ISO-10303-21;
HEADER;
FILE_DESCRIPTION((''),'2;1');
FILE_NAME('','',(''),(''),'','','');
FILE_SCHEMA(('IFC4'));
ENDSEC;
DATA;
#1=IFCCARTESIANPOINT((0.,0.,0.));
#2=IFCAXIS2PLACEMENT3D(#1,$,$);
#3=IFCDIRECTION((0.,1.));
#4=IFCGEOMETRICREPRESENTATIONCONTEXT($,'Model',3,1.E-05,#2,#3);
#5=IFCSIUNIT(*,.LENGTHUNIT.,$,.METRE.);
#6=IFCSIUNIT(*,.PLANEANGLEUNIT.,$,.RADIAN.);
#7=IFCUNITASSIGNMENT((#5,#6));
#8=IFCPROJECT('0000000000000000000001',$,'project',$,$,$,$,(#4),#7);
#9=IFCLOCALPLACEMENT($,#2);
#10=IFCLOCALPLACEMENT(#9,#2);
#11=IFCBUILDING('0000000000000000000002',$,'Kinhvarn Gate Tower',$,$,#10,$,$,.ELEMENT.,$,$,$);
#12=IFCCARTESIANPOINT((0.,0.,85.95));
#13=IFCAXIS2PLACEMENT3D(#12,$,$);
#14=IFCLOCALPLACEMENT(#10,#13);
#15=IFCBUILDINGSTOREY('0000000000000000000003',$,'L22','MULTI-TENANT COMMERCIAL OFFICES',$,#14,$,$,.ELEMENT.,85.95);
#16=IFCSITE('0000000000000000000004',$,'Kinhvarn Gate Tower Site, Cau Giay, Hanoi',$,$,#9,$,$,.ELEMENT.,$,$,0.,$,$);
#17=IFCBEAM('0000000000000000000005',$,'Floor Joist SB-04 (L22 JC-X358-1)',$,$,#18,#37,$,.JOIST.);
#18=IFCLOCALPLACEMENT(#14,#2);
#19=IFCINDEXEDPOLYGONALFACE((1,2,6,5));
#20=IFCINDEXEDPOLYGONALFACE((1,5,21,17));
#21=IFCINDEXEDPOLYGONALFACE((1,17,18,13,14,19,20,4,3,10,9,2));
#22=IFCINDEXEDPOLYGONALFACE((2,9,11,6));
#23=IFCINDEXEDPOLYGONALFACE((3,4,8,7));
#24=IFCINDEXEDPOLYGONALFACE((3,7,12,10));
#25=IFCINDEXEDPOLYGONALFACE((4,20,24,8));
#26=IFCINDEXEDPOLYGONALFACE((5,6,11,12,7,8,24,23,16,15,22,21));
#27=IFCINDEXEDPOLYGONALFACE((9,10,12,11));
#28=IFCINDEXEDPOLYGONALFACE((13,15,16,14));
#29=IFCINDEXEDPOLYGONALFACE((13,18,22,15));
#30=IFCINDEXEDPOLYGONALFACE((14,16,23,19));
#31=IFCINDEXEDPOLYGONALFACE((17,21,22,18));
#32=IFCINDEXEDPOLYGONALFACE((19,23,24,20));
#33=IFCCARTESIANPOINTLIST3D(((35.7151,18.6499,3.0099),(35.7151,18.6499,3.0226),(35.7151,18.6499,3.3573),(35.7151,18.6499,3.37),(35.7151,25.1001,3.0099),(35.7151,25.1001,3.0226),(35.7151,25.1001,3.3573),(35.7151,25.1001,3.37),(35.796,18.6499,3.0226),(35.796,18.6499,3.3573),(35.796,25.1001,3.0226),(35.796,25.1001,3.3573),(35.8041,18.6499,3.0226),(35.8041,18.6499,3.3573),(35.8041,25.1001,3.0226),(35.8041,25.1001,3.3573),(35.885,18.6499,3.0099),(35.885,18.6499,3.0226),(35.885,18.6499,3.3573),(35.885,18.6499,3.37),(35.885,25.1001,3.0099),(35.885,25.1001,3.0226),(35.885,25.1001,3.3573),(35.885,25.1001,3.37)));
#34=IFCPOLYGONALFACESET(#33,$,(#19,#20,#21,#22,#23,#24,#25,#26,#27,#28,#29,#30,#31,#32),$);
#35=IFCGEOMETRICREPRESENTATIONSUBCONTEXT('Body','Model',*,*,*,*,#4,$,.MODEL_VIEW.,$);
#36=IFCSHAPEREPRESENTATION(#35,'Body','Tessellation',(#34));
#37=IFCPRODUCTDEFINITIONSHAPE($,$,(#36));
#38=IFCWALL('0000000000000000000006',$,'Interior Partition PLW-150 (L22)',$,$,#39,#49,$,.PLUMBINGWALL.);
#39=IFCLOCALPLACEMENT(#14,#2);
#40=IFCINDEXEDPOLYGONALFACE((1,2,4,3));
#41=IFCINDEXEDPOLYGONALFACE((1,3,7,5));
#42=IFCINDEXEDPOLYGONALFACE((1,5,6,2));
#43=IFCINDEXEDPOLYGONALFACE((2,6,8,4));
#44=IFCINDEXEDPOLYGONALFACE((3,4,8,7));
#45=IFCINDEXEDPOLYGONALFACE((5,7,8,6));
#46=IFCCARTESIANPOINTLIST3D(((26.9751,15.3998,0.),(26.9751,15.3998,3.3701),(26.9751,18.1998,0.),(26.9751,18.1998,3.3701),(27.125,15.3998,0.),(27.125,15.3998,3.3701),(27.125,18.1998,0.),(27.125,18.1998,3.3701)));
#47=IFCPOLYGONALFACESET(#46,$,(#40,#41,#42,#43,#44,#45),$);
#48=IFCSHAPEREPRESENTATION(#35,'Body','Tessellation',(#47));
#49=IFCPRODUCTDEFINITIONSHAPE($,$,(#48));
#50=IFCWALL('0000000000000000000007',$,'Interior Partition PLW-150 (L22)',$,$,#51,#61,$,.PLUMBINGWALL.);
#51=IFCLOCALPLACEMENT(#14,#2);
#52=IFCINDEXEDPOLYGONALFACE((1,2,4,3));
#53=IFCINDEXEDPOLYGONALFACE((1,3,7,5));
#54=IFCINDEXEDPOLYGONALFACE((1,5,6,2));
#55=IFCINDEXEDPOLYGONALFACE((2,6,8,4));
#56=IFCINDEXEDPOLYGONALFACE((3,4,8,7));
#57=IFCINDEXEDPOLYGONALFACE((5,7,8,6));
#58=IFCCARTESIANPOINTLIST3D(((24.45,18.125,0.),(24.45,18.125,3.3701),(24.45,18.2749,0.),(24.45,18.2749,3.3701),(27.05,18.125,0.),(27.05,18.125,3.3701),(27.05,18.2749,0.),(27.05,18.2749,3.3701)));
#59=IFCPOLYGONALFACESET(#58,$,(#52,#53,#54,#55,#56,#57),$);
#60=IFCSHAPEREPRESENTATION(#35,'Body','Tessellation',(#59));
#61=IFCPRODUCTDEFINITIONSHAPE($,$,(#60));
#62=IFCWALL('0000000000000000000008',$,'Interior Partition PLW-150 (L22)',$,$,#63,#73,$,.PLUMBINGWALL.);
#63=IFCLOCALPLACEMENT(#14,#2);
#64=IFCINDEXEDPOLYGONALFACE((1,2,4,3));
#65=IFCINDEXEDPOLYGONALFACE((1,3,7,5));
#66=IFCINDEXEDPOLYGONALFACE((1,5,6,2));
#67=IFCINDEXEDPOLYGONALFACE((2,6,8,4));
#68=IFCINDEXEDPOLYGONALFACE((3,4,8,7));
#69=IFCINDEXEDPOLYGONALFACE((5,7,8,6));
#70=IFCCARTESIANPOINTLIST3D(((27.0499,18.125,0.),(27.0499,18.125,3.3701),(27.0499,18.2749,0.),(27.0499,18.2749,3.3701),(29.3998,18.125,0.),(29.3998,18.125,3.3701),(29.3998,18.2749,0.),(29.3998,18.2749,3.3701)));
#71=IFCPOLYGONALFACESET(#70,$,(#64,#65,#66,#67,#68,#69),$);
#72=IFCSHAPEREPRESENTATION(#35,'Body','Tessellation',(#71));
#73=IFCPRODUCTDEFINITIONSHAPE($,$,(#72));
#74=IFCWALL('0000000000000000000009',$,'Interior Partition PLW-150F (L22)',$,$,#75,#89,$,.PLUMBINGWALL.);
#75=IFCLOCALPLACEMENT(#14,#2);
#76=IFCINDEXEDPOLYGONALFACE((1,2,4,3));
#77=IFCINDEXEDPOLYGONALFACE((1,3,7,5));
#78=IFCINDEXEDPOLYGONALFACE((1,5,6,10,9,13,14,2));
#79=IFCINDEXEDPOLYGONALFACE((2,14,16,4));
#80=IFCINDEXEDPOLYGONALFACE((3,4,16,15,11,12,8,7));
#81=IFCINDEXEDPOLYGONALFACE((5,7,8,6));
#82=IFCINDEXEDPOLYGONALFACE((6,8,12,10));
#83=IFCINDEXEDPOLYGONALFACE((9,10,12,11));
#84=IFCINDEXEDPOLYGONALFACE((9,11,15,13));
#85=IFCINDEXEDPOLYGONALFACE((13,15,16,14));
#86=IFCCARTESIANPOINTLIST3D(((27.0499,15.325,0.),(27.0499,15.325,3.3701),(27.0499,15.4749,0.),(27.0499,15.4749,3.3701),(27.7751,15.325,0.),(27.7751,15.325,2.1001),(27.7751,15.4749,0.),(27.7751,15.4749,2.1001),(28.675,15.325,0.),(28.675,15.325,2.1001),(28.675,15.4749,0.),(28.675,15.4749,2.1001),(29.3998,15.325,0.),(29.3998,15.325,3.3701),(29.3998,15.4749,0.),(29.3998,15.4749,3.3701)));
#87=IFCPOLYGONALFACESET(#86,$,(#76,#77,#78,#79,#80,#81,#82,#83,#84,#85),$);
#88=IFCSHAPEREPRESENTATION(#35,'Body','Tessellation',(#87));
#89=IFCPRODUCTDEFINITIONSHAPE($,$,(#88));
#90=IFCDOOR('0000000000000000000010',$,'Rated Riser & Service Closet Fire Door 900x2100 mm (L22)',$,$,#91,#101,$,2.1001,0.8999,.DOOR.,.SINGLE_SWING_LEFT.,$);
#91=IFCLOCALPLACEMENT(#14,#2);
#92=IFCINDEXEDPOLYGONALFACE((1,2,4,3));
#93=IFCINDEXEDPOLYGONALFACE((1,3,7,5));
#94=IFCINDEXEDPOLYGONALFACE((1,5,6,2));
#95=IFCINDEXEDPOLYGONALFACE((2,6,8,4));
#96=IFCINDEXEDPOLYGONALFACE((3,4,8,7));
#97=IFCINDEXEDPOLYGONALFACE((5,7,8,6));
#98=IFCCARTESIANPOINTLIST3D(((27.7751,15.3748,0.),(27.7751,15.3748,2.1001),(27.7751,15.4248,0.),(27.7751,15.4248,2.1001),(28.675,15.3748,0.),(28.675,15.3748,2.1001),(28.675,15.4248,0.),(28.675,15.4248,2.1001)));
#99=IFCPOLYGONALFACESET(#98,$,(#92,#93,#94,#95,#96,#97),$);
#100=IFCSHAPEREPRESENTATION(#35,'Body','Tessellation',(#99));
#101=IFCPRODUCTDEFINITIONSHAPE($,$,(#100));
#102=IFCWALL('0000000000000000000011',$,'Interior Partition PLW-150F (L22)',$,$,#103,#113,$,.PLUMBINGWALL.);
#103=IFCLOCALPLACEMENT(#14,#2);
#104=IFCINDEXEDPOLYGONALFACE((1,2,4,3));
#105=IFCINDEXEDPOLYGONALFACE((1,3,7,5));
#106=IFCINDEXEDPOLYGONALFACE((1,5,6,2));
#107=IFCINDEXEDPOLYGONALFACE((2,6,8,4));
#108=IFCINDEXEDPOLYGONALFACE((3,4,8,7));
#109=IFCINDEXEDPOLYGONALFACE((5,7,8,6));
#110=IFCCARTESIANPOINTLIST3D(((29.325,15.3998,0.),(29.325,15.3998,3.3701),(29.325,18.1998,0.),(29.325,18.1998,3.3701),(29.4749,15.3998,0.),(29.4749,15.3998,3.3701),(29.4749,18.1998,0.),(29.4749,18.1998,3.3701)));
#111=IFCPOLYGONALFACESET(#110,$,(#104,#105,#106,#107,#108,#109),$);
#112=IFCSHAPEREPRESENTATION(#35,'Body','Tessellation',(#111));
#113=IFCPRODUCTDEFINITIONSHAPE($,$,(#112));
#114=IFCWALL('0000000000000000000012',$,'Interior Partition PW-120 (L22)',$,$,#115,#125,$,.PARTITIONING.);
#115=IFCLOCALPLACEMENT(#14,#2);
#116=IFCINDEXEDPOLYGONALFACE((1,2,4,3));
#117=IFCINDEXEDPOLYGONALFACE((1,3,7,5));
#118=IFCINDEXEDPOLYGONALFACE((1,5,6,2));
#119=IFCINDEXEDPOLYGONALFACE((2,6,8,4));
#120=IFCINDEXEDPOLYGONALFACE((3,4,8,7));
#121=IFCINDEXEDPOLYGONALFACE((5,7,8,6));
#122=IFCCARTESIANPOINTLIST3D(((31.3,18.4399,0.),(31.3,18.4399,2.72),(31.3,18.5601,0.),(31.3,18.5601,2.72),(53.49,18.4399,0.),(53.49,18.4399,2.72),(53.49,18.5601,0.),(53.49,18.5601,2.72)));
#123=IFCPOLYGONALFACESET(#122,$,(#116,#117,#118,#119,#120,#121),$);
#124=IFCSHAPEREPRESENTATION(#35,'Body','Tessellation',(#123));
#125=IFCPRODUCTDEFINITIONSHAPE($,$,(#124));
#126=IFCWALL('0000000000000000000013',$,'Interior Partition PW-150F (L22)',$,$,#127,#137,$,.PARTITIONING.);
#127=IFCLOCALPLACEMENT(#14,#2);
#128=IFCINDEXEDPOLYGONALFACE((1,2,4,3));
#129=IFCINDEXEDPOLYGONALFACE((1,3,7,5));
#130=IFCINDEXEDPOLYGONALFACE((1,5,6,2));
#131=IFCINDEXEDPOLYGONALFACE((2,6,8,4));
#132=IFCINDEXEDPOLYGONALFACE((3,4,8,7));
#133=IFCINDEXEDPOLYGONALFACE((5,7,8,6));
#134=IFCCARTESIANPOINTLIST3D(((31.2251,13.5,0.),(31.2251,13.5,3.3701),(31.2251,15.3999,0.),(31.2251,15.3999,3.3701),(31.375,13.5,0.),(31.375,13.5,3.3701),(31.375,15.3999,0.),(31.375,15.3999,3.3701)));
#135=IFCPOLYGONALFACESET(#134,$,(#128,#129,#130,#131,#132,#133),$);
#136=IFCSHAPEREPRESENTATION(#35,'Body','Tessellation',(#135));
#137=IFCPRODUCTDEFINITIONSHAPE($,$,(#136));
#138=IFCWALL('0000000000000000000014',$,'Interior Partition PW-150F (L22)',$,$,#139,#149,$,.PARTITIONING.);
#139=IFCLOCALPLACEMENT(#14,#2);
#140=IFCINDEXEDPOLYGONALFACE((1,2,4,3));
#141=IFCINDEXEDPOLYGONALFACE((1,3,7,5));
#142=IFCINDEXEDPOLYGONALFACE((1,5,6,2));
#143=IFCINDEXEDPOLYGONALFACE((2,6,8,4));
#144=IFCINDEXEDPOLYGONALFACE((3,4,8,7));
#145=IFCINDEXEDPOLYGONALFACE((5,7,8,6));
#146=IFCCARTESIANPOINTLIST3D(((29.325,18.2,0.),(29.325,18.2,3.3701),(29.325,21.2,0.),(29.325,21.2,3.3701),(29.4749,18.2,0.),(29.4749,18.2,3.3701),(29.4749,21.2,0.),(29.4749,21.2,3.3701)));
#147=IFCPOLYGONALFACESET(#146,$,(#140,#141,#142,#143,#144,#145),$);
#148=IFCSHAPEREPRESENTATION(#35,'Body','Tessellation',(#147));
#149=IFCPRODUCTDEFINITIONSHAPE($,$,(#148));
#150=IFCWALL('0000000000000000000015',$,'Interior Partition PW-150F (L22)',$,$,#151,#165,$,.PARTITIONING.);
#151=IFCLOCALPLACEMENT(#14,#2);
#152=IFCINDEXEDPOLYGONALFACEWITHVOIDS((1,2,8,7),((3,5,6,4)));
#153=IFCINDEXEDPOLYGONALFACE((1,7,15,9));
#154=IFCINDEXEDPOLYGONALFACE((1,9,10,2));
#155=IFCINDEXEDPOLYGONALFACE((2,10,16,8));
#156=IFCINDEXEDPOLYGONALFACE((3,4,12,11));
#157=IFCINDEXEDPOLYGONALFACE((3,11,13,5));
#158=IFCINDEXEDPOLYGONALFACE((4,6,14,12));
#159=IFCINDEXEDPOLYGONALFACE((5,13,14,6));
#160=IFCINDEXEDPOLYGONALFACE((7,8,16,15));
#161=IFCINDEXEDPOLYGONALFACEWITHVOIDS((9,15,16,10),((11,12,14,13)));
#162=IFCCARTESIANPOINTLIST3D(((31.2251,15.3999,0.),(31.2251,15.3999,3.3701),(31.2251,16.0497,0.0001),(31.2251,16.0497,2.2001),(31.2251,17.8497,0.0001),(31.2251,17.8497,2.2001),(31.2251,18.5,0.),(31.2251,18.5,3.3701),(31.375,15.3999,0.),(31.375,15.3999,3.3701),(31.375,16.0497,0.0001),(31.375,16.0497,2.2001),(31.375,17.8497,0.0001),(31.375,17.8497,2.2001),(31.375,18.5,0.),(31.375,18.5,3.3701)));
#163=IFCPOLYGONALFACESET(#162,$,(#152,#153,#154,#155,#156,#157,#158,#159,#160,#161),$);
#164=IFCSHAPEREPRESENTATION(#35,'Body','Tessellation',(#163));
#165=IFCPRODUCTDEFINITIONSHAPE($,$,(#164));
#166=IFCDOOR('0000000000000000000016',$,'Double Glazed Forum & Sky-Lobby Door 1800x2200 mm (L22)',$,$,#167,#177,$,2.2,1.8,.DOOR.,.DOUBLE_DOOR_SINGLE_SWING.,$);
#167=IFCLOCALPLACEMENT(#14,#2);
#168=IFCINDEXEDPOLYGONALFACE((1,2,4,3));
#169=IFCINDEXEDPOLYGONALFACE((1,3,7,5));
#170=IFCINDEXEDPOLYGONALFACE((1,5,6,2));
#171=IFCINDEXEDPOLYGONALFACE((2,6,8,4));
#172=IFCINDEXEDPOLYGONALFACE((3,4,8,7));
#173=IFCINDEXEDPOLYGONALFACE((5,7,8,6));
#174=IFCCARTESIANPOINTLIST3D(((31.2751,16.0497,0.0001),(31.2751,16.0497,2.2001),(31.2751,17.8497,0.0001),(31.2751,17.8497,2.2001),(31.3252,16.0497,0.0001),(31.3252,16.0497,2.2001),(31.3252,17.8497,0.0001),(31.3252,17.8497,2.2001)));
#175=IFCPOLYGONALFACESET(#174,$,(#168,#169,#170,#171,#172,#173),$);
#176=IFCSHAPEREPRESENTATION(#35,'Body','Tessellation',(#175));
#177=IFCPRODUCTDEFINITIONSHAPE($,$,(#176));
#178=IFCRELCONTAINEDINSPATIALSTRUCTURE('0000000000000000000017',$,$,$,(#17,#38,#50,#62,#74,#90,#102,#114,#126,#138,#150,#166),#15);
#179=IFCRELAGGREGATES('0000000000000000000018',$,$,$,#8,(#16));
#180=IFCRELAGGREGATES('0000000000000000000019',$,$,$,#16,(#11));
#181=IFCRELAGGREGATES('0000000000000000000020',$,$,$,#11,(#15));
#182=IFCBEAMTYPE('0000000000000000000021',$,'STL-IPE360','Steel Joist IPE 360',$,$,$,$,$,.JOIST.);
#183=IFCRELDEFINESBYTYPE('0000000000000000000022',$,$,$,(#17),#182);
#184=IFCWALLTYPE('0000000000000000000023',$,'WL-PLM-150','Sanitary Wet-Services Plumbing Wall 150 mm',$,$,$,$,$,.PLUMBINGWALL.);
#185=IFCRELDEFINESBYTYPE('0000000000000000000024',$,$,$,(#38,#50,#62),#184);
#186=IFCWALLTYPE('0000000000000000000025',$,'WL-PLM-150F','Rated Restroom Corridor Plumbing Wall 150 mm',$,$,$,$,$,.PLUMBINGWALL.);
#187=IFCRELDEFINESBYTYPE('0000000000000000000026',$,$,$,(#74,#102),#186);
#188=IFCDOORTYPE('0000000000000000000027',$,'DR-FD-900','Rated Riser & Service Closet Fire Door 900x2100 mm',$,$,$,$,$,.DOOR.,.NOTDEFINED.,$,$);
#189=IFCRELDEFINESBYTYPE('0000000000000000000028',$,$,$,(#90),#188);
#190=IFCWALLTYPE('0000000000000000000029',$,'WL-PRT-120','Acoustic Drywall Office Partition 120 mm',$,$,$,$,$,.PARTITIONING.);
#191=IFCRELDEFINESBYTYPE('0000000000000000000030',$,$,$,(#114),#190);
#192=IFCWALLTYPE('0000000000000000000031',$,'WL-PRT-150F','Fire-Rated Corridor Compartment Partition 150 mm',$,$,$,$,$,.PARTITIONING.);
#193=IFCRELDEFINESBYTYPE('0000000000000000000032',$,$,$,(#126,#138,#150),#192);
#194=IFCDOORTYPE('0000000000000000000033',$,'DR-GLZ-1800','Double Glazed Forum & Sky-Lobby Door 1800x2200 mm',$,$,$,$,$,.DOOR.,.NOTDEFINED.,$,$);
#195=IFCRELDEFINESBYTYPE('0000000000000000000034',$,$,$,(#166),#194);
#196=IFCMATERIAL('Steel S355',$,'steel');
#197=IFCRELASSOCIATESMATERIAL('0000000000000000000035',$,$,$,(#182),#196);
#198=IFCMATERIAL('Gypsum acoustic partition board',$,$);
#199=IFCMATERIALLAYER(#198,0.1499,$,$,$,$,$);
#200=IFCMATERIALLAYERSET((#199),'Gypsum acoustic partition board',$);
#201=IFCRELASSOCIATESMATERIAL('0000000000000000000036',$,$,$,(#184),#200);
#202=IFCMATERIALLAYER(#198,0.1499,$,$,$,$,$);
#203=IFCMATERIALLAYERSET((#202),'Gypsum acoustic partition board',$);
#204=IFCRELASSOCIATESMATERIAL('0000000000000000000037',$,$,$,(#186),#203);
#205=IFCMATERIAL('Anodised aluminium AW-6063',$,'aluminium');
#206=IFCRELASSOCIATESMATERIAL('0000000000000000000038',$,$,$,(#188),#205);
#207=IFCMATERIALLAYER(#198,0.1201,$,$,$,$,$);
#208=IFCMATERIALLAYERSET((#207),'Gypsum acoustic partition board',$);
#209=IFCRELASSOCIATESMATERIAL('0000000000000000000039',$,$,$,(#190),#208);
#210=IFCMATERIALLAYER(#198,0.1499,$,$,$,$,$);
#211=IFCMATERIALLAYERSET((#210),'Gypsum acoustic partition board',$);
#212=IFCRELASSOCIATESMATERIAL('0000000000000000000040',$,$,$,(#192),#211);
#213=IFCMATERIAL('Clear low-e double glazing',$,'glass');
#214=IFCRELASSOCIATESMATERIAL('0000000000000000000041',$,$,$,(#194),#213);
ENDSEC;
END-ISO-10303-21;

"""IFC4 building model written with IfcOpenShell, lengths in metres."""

from ifc_helpers import new_model, si_unit, direction, frame, frame_2d, origin, origin_2d, place, context, subcontext, project, spatial, rectangle, i_section, extrude, material, layer, layer_set, material_profile, profile_set, type_object, element, fill, save


model = new_model("IFC4")

# Units and contexts
model_context = context("Model", 3, precision=1e-05, world=origin(), true_north=direction((0.0, 1.0)))
body_context = subcontext(model_context, "Body", "Model", "MODEL_VIEW")
ifc_project = project(units=[si_unit("LENGTHUNIT", "METRE"), si_unit("PLANEANGLEUNIT", "RADIAN")], contexts=[model_context])

# Site, building, storey
site_placement = place(None, origin())
site = spatial("IfcSite", under=ifc_project, at=site_placement, Name="Kinhvarn Gate Tower Site, Cau Giay, Hanoi", CompositionType="ELEMENT", RefElevation=0.0)
building_placement = place(site_placement, origin())
building = spatial("IfcBuilding", under=site, at=building_placement, Name="Kinhvarn Gate Tower", CompositionType="ELEMENT")
storey_placement = place(building_placement, frame((0.0, 0.0, 85.95)))
storey = spatial("IfcBuildingStorey", under=building, at=storey_placement, Name="L22", Description="MULTI-TENANT COMMERCIAL OFFICES", CompositionType="ELEMENT", Elevation=85.95)

# Beam
ifc_material_1 = material(Name="Steel S355", Category="steel")
ifc_material_profile_1 = material_profile(ifc_material_1, i_section(OverallWidth=0.1699, OverallDepth=0.3601, WebThickness=0.0081, FlangeThickness=0.0127, at=origin_2d()), Name="IPE 360")
ifc_profile_set_1 = profile_set([ifc_material_profile_1], Name="Steel S355")
beam_type_1 = type_object("IfcBeamType", Name="STL-IPE360", Description="Steel Joist IPE 360", PredefinedType="JOIST", material=ifc_profile_set_1)
beam_1_placement = place(storey_placement, frame((35.8, 18.6499, 3.1899), z_axis=(0.0, 1.0, 0.0), x_axis=(-1.0, 0.0, 0.0)))
element("IfcBeam", 1, at=beam_1_placement, inside=storey, type_object=beam_type_1, Name="Floor Joist SB-04 (L22 JC-X358-1)", PredefinedType="JOIST", context=body_context, shape_type="SweptSolid", body=[
    extrude(i_section(OverallWidth=0.1699, OverallDepth=0.3601, WebThickness=0.0081, FlangeThickness=0.0127, at=origin_2d()), origin(), (0.0, 0.0, 1.0), 6.4502),
])

# Walls
ifc_material_2 = material(Name="Gypsum acoustic partition board")
ifc_layer_1 = layer(ifc_material_2, 0.1499)
ifc_layer_set_1 = layer_set([ifc_layer_1], Name="Gypsum acoustic partition board")
wall_type_1 = type_object("IfcWallType", Name="WL-PLM-150", Description="Sanitary Wet-Services Plumbing Wall 150 mm", PredefinedType="PLUMBINGWALL", material=ifc_layer_set_1)
wall_1_placement = place(storey_placement, frame((27.05, 15.3999, 0.0), z_axis=(0.0, 0.0, 1.0), x_axis=(0.0, 1.0, 0.0)))
element("IfcWall", 2, at=wall_1_placement, inside=storey, type_object=wall_type_1, Name="Interior Partition PLW-150 (L22)", PredefinedType="PLUMBINGWALL", context=body_context, shape_type="SweptSolid", body=[
    extrude(rectangle(XDim=2.8, YDim=0.1499, at=frame_2d((1.3999, 0.0))), origin(), (0.0, 0.0, 1.0), 3.3701),
])
wall_2_placement = place(storey_placement, frame((24.45, 18.2, 0.0), z_axis=(0.0, 0.0, 1.0), x_axis=(1.0, 0.0, 0.0)))
element("IfcWall", 3, at=wall_2_placement, inside=storey, type_object=wall_type_1, Name="Interior Partition PLW-150 (L22)", PredefinedType="PLUMBINGWALL", context=body_context, shape_type="SweptSolid", body=[
    extrude(rectangle(XDim=2.6001, YDim=0.1499, at=frame_2d((1.3, 0.0))), origin(), (0.0, 0.0, 1.0), 3.3701),
])
wall_3_placement = place(storey_placement, frame((27.05, 18.2, 0.0), z_axis=(0.0, 0.0, 1.0), x_axis=(1.0, 0.0, 0.0)))
element("IfcWall", 4, at=wall_3_placement, inside=storey, type_object=wall_type_1, Name="Interior Partition PLW-150 (L22)", PredefinedType="PLUMBINGWALL", context=body_context, shape_type="SweptSolid", body=[
    extrude(rectangle(XDim=2.3499, YDim=0.1499, at=frame_2d((1.1748, 0.0))), origin(), (0.0, 0.0, 1.0), 3.3701),
])

# Wall, opening, door
ifc_layer_2 = layer(ifc_material_2, 0.1499)
ifc_layer_set_2 = layer_set([ifc_layer_2], Name="Gypsum acoustic partition board")
wall_type_2 = type_object("IfcWallType", Name="WL-PLM-150F", Description="Rated Restroom Corridor Plumbing Wall 150 mm", PredefinedType="PLUMBINGWALL", material=ifc_layer_set_2)
wall_4_placement = place(storey_placement, frame((27.05, 15.3999, 0.0), z_axis=(0.0, 0.0, 1.0), x_axis=(1.0, 0.0, 0.0)))
wall_4 = element("IfcWall", 5, at=wall_4_placement, inside=storey, type_object=wall_type_2, Name="Interior Partition PLW-150F (L22)", PredefinedType="PLUMBINGWALL", context=body_context, shape_type="SweptSolid", body=[
    extrude(rectangle(XDim=2.3499, YDim=0.1499, at=frame_2d((1.1748, 0.0))), origin(), (0.0, 0.0, 1.0), 3.3701),
])
opening_1_placement = place(wall_4_placement, frame((0.7251, 0.0, 0.0)))
opening_1 = element("IfcOpeningElement", 6, at=opening_1_placement, cuts=wall_4, PredefinedType="OPENING", context=body_context, shape_type="SweptSolid", body=[
    extrude(rectangle(XDim=0.8999, YDim=2.1001, at=frame_2d((0.45, 1.05))), frame((0.0, 0.085, 0.0), z_axis=(0.0, -1.0, 0.0), x_axis=(1.0, 0.0, 0.0)), (0.0, 0.0, 1.0), 0.1699),
])
ifc_material_3 = material(Name="Anodised aluminium AW-6063", Category="aluminium")
door_type_1 = type_object("IfcDoorType", Name="DR-FD-900", Description="Rated Riser & Service Closet Fire Door 900x2100 mm", OperationType="NOTDEFINED", PredefinedType="DOOR", material=ifc_material_3)
door_1_placement = place(opening_1_placement, origin())
door_1 = element("IfcDoor", 7, at=door_1_placement, inside=storey, type_object=door_type_1, Name="Rated Riser & Service Closet Fire Door 900x2100 mm (L22)", OperationType="SINGLE_SWING_LEFT", OverallHeight=2.1001, OverallWidth=0.8999, PredefinedType="DOOR", context=body_context, shape_type="SweptSolid", body=[
    extrude(rectangle(XDim=0.8999, YDim=2.1001, at=frame_2d((0.45, 1.05))), frame((0.0, 0.0249, 0.0), z_axis=(0.0, -1.0, 0.0), x_axis=(1.0, 0.0, 0.0)), (0.0, 0.0, 1.0), 0.05),
])
fill(opening_1, door_1)

# Walls
wall_5_placement = place(storey_placement, frame((29.3999, 15.3999, 0.0), z_axis=(0.0, 0.0, 1.0), x_axis=(0.0, 1.0, 0.0)))
element("IfcWall", 8, at=wall_5_placement, inside=storey, type_object=wall_type_2, Name="Interior Partition PLW-150F (L22)", PredefinedType="PLUMBINGWALL", context=body_context, shape_type="SweptSolid", body=[
    extrude(rectangle(XDim=2.8, YDim=0.1499, at=frame_2d((1.3999, 0.0))), origin(), (0.0, 0.0, 1.0), 3.3701),
])
ifc_layer_3 = layer(ifc_material_2, 0.1201)
ifc_layer_set_3 = layer_set([ifc_layer_3], Name="Gypsum acoustic partition board")
wall_type_3 = type_object("IfcWallType", Name="WL-PRT-120", Description="Acoustic Drywall Office Partition 120 mm", PredefinedType="PARTITIONING", material=ifc_layer_set_3)
wall_6_placement = place(storey_placement, frame((31.3, 18.5, 0.0), z_axis=(0.0, 0.0, 1.0), x_axis=(1.0, 0.0, 0.0)))
element("IfcWall", 9, at=wall_6_placement, inside=storey, type_object=wall_type_3, Name="Interior Partition PW-120 (L22)", PredefinedType="PARTITIONING", context=body_context, shape_type="SweptSolid", body=[
    extrude(rectangle(XDim=22.1899, YDim=0.1201, at=frame_2d((11.095, 0.0))), origin(), (0.0, 0.0, 1.0), 2.72),
])

# Shared definitions
ifc_layer_4 = layer(ifc_material_2, 0.1499)
ifc_layer_set_4 = layer_set([ifc_layer_4], Name="Gypsum acoustic partition board")
wall_type_4 = type_object("IfcWallType", Name="WL-PRT-150F", Description="Fire-Rated Corridor Compartment Partition 150 mm", PredefinedType="PARTITIONING", material=ifc_layer_set_4)

# Walls
wall_7_placement = place(storey_placement, frame((31.3, 13.5, 0.0), z_axis=(0.0, 0.0, 1.0), x_axis=(0.0, 1.0, 0.0)))
element("IfcWall", 10, at=wall_7_placement, inside=storey, type_object=wall_type_4, Name="Interior Partition PW-150F (L22)", PredefinedType="PARTITIONING", context=body_context, shape_type="SweptSolid", body=[
    extrude(rectangle(XDim=1.8999, YDim=0.1499, at=frame_2d((0.95, 0.0))), origin(), (0.0, 0.0, 1.0), 3.3701),
])
wall_8_placement = place(storey_placement, frame((29.3999, 18.2, 0.0), z_axis=(0.0, 0.0, 1.0), x_axis=(0.0, 1.0, 0.0)))
element("IfcWall", 11, at=wall_8_placement, inside=storey, type_object=wall_type_4, Name="Interior Partition PW-150F (L22)", PredefinedType="PARTITIONING", context=body_context, shape_type="SweptSolid", body=[
    extrude(rectangle(XDim=3.0, YDim=0.1499, at=frame_2d((1.5, 0.0))), origin(), (0.0, 0.0, 1.0), 3.3701),
])

# Wall, opening, door
wall_9_placement = place(storey_placement, frame((31.3, 15.3999, 0.0), z_axis=(0.0, 0.0, 1.0), x_axis=(0.0, 1.0, 0.0)))
wall_9 = element("IfcWall", 12, at=wall_9_placement, inside=storey, type_object=wall_type_4, Name="Interior Partition PW-150F (L22)", PredefinedType="PARTITIONING", context=body_context, shape_type="SweptSolid", body=[
    extrude(rectangle(XDim=3.1001, YDim=0.1499, at=frame_2d((1.55, 0.0))), origin(), (0.0, 0.0, 1.0), 3.3701),
])
opening_2_placement = place(wall_9_placement, frame((0.6499, 0.0, 0.0)))
opening_2 = element("IfcOpeningElement", 13, at=opening_2_placement, cuts=wall_9, PredefinedType="OPENING", context=body_context, shape_type="SweptSolid", body=[
    extrude(rectangle(XDim=1.8, YDim=2.2, at=frame_2d((0.8999, 1.1001))), frame((0.0, 0.085, 0.0), z_axis=(0.0, -1.0, 0.0), x_axis=(1.0, 0.0, 0.0)), (0.0, 0.0, 1.0), 0.1699),
])
ifc_material_4 = material(Name="Clear low-e double glazing", Category="glass")
door_type_2 = type_object("IfcDoorType", Name="DR-GLZ-1800", Description="Double Glazed Forum & Sky-Lobby Door 1800x2200 mm", OperationType="NOTDEFINED", PredefinedType="DOOR", material=ifc_material_4)
door_2_placement = place(opening_2_placement, origin())
door_2 = element("IfcDoor", 14, at=door_2_placement, inside=storey, type_object=door_type_2, Name="Double Glazed Forum & Sky-Lobby Door 1800x2200 mm (L22)", OperationType="DOUBLE_DOOR_SINGLE_SWING", OverallHeight=2.2, OverallWidth=1.8, PredefinedType="DOOR", context=body_context, shape_type="SweptSolid", body=[
    extrude(rectangle(XDim=1.8, YDim=2.2, at=frame_2d((0.8999, 1.1001))), frame((0.0, 0.0249, 0.0), z_axis=(0.0, -1.0, 0.0), x_axis=(1.0, 0.0, 0.0)), (0.0, 0.0, 1.0), 0.05),
])
fill(opening_2, door_2)

save(model, "model.ifc")
